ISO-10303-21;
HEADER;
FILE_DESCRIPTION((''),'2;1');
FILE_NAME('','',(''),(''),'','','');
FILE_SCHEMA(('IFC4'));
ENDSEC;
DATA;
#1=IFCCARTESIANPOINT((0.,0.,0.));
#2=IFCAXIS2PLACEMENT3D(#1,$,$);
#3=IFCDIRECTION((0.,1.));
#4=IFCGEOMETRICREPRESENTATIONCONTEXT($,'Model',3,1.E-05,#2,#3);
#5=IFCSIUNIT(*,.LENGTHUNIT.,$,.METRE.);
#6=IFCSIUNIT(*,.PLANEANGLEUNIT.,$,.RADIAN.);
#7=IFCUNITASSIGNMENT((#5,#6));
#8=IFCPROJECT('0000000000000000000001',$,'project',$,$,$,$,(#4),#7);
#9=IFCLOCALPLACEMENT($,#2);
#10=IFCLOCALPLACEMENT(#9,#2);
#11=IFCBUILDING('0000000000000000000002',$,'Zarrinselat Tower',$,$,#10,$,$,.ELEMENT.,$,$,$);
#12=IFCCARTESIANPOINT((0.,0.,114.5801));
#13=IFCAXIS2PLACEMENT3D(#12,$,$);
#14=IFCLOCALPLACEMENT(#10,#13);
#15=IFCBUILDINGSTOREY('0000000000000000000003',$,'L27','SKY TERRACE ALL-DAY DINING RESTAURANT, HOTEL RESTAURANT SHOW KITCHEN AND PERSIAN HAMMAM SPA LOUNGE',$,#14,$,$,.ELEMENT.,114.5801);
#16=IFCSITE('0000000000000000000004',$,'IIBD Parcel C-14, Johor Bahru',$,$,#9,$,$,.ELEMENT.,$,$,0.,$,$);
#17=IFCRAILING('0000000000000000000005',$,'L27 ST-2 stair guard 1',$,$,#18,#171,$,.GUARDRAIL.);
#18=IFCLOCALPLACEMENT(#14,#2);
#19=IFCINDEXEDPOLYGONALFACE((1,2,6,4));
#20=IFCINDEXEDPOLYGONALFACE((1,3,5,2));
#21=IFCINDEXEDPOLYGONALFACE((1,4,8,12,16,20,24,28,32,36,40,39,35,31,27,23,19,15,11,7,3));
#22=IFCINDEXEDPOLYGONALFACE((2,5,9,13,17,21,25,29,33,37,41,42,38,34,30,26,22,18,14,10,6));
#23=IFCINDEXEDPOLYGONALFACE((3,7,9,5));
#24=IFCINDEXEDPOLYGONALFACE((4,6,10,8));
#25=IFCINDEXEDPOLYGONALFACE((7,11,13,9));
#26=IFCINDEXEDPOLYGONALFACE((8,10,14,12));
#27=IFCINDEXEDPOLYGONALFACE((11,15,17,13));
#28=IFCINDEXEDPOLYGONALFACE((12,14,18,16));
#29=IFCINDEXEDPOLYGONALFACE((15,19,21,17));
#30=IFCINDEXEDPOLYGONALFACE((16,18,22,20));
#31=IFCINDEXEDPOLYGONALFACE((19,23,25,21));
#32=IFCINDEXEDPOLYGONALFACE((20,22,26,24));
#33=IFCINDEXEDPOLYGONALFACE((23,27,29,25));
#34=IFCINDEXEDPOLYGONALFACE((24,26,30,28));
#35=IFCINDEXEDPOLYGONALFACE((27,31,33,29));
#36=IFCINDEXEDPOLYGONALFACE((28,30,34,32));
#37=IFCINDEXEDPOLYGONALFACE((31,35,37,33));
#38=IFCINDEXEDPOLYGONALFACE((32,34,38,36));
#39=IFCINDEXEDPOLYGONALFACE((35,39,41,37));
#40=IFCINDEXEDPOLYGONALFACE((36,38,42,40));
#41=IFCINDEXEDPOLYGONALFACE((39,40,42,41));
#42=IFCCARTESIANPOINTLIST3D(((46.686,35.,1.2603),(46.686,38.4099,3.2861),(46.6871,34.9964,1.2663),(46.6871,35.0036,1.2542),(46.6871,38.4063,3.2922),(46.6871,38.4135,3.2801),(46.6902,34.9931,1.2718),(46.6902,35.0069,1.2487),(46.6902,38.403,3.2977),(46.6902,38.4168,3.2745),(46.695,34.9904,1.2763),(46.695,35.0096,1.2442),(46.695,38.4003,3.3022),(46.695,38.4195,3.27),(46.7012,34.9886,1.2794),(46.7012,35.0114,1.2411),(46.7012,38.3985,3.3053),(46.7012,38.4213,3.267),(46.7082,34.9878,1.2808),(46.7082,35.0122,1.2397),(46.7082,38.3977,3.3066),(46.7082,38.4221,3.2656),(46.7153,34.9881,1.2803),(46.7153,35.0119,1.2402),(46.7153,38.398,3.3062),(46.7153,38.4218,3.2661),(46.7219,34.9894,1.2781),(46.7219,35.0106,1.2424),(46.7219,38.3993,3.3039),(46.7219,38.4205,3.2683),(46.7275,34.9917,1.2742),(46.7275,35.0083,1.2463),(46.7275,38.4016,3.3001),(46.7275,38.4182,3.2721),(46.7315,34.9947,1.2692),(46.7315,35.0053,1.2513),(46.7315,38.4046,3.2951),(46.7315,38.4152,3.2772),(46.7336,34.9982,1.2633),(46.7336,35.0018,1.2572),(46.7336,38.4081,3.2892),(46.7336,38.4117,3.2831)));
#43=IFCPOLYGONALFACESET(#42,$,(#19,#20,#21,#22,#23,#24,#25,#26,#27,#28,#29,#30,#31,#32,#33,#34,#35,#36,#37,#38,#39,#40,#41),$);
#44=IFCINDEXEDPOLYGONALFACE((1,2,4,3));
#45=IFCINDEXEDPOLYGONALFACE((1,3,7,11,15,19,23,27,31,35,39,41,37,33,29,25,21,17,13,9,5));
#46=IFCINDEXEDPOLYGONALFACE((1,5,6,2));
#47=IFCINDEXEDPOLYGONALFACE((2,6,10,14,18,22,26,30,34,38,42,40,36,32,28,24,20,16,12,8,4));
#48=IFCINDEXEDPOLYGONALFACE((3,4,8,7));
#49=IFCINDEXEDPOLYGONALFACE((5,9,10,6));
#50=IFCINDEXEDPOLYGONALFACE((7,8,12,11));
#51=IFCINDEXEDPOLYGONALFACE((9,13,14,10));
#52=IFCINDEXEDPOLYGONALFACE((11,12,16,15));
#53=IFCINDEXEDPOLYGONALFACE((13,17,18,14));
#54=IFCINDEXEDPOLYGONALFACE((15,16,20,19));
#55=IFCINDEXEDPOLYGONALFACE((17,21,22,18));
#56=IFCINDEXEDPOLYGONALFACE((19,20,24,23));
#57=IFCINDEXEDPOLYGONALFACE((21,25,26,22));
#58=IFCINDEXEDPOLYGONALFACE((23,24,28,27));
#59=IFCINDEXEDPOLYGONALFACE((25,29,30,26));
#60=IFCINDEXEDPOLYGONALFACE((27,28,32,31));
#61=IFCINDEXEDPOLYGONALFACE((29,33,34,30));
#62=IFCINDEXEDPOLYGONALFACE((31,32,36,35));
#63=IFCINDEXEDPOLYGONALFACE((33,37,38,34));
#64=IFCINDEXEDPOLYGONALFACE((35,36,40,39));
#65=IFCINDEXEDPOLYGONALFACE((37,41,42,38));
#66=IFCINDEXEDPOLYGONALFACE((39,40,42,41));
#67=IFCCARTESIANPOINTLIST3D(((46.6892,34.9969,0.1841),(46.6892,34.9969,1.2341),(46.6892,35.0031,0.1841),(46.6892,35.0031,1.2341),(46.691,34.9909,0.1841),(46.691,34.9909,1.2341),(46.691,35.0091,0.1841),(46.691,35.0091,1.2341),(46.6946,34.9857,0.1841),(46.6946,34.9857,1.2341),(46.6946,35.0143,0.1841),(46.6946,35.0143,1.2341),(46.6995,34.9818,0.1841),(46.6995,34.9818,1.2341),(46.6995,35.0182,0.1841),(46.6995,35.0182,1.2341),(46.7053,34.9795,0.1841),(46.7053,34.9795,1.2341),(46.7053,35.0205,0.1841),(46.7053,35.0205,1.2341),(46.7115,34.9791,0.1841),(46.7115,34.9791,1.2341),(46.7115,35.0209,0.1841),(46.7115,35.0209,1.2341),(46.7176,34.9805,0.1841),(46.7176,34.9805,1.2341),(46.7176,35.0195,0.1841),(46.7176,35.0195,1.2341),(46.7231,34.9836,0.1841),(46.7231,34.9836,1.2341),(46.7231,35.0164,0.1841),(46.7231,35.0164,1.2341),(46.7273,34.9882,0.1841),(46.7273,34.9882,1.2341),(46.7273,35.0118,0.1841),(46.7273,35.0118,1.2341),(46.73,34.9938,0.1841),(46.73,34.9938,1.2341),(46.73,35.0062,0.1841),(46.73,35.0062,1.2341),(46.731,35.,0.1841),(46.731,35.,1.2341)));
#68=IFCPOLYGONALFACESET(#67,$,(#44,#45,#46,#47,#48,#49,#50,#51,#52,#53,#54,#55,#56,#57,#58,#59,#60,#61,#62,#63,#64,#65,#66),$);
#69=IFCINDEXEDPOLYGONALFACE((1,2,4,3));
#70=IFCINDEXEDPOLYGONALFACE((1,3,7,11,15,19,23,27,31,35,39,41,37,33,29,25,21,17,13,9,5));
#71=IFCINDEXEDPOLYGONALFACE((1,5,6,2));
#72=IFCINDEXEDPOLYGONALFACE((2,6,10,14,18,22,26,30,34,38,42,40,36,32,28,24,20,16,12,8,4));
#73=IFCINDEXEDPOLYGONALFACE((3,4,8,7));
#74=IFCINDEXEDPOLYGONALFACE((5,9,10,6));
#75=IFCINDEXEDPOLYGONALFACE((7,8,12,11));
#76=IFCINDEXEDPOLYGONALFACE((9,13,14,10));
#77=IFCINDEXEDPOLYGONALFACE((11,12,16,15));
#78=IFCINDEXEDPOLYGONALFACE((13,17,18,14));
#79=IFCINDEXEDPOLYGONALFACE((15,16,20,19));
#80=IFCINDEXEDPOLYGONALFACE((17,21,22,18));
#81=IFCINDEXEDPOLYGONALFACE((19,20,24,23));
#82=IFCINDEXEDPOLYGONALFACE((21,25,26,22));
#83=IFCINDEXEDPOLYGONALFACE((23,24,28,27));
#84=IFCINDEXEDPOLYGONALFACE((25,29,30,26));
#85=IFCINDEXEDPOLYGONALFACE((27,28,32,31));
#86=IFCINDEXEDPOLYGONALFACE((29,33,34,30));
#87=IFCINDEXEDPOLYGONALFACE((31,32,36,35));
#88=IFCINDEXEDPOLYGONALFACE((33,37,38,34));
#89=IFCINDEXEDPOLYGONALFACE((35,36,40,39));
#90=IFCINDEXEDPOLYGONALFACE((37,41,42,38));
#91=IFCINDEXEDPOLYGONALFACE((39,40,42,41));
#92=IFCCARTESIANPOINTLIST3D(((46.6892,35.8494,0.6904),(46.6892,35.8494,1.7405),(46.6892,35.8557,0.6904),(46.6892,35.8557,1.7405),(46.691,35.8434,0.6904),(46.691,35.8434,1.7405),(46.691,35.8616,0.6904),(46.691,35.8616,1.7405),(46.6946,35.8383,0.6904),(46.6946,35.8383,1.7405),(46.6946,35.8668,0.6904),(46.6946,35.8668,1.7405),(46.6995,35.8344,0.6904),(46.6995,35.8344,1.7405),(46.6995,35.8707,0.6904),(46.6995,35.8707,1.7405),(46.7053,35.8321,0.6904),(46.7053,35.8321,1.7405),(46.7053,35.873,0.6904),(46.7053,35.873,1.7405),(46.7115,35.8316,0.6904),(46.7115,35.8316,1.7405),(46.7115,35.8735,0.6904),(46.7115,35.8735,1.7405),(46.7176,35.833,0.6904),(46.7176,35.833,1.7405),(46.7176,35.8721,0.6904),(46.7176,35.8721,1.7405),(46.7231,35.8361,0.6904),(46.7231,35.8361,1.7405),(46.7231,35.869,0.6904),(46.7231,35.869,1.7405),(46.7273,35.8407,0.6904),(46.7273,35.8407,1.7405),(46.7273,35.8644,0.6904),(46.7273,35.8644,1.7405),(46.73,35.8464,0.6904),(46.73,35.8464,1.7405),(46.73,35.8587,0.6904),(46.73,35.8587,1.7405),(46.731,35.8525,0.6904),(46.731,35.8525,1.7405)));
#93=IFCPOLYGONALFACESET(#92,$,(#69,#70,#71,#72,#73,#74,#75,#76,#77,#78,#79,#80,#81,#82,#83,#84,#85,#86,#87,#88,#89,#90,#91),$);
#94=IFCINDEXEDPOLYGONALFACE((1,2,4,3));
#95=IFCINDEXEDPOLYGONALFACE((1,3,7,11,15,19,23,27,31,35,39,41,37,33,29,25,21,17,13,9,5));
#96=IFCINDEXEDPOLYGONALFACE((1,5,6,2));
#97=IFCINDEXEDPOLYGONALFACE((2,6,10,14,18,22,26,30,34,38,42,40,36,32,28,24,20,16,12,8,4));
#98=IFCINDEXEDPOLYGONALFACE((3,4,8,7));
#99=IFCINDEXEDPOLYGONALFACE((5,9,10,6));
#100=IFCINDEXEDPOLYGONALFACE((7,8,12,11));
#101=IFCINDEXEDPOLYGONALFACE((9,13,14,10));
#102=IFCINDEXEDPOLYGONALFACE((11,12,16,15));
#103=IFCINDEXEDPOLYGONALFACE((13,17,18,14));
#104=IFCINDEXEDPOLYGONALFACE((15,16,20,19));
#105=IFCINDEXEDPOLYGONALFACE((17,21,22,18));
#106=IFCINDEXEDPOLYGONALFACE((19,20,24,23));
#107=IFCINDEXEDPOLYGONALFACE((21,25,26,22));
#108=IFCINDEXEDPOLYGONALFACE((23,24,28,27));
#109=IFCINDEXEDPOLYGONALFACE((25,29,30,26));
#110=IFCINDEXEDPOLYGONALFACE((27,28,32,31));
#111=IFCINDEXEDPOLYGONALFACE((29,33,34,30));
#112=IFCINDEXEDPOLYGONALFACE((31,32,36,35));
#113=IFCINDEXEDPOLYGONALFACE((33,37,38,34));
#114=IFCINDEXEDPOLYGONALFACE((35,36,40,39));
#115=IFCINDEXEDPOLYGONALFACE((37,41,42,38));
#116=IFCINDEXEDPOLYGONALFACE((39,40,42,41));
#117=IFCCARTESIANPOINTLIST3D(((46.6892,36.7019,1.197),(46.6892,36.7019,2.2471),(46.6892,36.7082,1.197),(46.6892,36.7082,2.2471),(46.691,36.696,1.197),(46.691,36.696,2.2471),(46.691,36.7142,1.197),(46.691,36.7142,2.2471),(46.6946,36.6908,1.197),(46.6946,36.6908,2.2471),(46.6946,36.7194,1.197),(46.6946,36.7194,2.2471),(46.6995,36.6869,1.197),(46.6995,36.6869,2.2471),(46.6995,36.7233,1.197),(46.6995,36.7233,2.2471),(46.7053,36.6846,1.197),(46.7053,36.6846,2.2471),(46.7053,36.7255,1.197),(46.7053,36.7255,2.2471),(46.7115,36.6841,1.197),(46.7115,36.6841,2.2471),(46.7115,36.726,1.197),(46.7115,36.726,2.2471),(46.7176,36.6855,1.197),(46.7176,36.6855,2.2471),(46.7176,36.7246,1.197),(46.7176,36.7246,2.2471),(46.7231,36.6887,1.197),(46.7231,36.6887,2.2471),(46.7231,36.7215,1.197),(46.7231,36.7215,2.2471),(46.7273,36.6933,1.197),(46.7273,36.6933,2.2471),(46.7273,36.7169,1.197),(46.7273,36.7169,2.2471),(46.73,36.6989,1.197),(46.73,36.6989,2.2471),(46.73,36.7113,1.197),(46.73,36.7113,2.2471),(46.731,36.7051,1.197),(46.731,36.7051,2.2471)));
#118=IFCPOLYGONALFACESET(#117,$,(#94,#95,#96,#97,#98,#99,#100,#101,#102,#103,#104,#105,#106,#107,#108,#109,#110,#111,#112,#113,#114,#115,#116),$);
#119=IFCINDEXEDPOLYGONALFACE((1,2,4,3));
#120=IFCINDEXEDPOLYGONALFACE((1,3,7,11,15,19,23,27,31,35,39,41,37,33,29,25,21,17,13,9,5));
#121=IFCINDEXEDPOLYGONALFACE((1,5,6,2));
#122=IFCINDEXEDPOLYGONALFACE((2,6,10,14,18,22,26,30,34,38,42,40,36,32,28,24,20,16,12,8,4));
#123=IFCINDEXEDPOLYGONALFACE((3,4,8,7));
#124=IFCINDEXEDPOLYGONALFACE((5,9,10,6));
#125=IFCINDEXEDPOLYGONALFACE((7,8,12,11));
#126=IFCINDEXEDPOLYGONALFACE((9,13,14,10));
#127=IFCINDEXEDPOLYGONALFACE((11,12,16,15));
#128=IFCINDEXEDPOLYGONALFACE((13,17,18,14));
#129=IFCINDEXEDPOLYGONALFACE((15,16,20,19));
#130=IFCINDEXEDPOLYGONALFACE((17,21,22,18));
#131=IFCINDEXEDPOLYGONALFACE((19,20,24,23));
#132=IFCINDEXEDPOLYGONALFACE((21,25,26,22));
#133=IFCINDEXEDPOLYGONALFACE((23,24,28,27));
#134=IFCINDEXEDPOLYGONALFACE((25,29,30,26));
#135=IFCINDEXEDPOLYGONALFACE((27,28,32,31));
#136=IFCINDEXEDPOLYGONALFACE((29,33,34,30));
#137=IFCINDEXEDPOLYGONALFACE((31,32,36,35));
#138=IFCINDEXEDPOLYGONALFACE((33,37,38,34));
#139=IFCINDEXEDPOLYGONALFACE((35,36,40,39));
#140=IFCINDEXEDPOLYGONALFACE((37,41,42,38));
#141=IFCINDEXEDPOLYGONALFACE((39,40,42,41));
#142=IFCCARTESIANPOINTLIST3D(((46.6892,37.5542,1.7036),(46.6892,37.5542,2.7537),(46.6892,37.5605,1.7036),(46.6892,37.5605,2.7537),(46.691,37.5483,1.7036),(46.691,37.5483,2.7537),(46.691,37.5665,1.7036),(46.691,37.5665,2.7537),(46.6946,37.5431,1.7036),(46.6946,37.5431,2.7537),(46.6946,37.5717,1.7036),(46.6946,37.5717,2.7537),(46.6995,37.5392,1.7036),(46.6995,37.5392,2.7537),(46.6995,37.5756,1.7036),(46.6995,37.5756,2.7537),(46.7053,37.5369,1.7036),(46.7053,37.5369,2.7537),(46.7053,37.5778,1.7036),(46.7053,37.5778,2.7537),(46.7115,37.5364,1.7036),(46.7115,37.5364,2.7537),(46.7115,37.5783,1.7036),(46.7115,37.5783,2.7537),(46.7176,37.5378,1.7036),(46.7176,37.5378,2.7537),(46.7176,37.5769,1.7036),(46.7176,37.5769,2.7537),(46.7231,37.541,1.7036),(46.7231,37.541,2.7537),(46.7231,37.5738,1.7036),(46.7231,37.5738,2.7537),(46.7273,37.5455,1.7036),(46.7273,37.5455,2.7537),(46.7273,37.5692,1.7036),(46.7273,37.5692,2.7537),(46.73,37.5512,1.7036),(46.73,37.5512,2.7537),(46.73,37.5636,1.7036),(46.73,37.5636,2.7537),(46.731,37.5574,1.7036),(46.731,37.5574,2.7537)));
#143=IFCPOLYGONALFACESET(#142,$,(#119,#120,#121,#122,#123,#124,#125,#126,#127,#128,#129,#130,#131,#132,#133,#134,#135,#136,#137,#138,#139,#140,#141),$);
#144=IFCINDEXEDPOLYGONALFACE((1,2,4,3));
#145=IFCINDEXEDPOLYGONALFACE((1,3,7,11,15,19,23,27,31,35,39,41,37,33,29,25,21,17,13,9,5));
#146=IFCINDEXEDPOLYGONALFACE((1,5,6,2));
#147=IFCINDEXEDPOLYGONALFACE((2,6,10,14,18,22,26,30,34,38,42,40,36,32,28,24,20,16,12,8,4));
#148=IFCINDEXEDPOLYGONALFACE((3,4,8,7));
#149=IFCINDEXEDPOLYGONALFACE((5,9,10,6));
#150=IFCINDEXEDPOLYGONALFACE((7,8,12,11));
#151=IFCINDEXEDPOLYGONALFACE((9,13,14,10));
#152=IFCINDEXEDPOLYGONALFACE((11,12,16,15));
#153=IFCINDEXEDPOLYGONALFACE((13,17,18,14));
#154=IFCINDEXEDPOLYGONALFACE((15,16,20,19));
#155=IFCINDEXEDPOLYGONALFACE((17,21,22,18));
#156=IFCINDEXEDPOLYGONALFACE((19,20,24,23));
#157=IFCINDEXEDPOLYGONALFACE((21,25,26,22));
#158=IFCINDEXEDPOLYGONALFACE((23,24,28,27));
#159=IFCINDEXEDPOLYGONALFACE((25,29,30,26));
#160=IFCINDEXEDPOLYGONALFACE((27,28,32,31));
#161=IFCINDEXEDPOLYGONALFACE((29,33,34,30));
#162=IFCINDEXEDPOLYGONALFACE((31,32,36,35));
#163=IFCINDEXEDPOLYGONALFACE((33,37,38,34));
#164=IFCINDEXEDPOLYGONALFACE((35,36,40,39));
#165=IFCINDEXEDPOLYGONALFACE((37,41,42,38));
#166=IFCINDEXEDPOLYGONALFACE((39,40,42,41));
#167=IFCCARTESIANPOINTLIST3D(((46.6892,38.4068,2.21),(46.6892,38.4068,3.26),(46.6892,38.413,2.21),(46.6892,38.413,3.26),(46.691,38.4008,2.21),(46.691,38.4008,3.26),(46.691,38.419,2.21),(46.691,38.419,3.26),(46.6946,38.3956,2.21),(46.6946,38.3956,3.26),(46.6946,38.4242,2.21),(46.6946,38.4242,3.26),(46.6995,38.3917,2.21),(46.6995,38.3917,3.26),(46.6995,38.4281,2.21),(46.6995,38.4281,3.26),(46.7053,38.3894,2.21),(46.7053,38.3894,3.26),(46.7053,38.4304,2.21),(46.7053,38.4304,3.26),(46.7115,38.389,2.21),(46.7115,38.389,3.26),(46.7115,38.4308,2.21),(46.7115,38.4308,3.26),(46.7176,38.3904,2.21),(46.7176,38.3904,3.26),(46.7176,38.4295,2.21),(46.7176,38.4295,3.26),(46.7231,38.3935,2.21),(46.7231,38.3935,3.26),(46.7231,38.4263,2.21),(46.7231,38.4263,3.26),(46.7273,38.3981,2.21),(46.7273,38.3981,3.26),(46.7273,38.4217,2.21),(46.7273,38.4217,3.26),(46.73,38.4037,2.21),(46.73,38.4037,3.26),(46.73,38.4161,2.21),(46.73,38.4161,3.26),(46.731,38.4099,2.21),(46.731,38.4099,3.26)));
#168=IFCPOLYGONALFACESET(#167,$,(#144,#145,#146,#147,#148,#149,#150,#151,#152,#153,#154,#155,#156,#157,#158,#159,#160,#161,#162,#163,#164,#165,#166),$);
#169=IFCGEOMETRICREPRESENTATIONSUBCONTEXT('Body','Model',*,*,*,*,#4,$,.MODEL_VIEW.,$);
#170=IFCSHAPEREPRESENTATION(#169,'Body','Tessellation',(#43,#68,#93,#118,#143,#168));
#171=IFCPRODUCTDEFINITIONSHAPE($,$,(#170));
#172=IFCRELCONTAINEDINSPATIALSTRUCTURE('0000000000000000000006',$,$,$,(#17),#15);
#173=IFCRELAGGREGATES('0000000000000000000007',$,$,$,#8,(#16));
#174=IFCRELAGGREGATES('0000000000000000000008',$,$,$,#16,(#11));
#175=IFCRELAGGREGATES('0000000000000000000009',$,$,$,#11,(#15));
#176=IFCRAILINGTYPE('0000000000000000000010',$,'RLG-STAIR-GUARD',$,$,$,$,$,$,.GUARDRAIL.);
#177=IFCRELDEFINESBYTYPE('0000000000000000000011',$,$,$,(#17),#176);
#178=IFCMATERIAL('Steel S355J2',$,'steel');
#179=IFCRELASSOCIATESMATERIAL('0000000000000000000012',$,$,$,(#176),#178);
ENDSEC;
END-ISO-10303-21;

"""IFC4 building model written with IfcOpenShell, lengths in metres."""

from ifc_helpers import new_model, si_unit, direction, frame, origin, origin_2d, place, context, subcontext, project, spatial, circle, extrude, material, type_object, element, save


model = new_model("IFC4")

# Units and contexts
model_context = context("Model", 3, precision=1e-05, world=origin(), true_north=direction((0.0, 1.0)))
body_context = subcontext(model_context, "Body", "Model", "MODEL_VIEW")
ifc_project = project(units=[si_unit("LENGTHUNIT", "METRE"), si_unit("PLANEANGLEUNIT", "RADIAN")], contexts=[model_context])

# Site, building, storey
site_placement = place(None, origin())
site = spatial("IfcSite", under=ifc_project, at=site_placement, Name="IIBD Parcel C-14, Johor Bahru", CompositionType="ELEMENT", RefElevation=0.0)
building_placement = place(site_placement, origin())
building = spatial("IfcBuilding", under=site, at=building_placement, Name="Zarrinselat Tower", CompositionType="ELEMENT")
storey_placement = place(building_placement, frame((0.0, 0.0, 114.5801)))
storey = spatial("IfcBuildingStorey", under=building, at=storey_placement, Name="L27", Description="SKY TERRACE ALL-DAY DINING RESTAURANT, HOTEL RESTAURANT SHOW KITCHEN AND PERSIAN HAMMAM SPA LOUNGE", CompositionType="ELEMENT", Elevation=114.5801)

# Railing
ifc_material_1 = material(Name="Steel S355J2", Category="steel")
railing_type_1 = type_object("IfcRailingType", Name="RLG-STAIR-GUARD", PredefinedType="GUARDRAIL", material=ifc_material_1)
railing_1_placement = place(storey_placement, frame((46.71, 35.0, 0.1841)))
element("IfcRailing", 1, at=railing_1_placement, inside=storey, type_object=railing_type_1, Name="L27 ST-2 stair guard 1", PredefinedType="GUARDRAIL", context=body_context, shape_type="SweptSolid", body=[
    extrude(circle(Radius=0.0239, at=origin_2d()), frame((0.0, 0.0, 1.0762), z_axis=(0.0, 0.859717, 0.510771), x_axis=(-1.0, 0.0, 0.0)), (0.0, 0.0, 1.0), 3.9663),
    extrude(circle(Radius=0.021, at=origin_2d()), origin(), (0.0, 0.0, 1.0), 1.05),
    extrude(circle(Radius=0.021, at=origin_2d()), frame((0.0, 0.8525, 0.5063)), (0.0, 0.0, 1.0), 1.05),
    extrude(circle(Radius=0.021, at=origin_2d()), frame((0.0, 1.7051, 1.0129)), (0.0, 0.0, 1.0), 1.05),
    extrude(circle(Radius=0.021, at=origin_2d()), frame((0.0, 2.5574, 1.5195)), (0.0, 0.0, 1.0), 1.05),
    extrude(circle(Radius=0.021, at=origin_2d()), frame((0.0, 3.4099, 2.0259)), (0.0, 0.0, 1.0), 1.05),
])

save(model, "model.ifc")
